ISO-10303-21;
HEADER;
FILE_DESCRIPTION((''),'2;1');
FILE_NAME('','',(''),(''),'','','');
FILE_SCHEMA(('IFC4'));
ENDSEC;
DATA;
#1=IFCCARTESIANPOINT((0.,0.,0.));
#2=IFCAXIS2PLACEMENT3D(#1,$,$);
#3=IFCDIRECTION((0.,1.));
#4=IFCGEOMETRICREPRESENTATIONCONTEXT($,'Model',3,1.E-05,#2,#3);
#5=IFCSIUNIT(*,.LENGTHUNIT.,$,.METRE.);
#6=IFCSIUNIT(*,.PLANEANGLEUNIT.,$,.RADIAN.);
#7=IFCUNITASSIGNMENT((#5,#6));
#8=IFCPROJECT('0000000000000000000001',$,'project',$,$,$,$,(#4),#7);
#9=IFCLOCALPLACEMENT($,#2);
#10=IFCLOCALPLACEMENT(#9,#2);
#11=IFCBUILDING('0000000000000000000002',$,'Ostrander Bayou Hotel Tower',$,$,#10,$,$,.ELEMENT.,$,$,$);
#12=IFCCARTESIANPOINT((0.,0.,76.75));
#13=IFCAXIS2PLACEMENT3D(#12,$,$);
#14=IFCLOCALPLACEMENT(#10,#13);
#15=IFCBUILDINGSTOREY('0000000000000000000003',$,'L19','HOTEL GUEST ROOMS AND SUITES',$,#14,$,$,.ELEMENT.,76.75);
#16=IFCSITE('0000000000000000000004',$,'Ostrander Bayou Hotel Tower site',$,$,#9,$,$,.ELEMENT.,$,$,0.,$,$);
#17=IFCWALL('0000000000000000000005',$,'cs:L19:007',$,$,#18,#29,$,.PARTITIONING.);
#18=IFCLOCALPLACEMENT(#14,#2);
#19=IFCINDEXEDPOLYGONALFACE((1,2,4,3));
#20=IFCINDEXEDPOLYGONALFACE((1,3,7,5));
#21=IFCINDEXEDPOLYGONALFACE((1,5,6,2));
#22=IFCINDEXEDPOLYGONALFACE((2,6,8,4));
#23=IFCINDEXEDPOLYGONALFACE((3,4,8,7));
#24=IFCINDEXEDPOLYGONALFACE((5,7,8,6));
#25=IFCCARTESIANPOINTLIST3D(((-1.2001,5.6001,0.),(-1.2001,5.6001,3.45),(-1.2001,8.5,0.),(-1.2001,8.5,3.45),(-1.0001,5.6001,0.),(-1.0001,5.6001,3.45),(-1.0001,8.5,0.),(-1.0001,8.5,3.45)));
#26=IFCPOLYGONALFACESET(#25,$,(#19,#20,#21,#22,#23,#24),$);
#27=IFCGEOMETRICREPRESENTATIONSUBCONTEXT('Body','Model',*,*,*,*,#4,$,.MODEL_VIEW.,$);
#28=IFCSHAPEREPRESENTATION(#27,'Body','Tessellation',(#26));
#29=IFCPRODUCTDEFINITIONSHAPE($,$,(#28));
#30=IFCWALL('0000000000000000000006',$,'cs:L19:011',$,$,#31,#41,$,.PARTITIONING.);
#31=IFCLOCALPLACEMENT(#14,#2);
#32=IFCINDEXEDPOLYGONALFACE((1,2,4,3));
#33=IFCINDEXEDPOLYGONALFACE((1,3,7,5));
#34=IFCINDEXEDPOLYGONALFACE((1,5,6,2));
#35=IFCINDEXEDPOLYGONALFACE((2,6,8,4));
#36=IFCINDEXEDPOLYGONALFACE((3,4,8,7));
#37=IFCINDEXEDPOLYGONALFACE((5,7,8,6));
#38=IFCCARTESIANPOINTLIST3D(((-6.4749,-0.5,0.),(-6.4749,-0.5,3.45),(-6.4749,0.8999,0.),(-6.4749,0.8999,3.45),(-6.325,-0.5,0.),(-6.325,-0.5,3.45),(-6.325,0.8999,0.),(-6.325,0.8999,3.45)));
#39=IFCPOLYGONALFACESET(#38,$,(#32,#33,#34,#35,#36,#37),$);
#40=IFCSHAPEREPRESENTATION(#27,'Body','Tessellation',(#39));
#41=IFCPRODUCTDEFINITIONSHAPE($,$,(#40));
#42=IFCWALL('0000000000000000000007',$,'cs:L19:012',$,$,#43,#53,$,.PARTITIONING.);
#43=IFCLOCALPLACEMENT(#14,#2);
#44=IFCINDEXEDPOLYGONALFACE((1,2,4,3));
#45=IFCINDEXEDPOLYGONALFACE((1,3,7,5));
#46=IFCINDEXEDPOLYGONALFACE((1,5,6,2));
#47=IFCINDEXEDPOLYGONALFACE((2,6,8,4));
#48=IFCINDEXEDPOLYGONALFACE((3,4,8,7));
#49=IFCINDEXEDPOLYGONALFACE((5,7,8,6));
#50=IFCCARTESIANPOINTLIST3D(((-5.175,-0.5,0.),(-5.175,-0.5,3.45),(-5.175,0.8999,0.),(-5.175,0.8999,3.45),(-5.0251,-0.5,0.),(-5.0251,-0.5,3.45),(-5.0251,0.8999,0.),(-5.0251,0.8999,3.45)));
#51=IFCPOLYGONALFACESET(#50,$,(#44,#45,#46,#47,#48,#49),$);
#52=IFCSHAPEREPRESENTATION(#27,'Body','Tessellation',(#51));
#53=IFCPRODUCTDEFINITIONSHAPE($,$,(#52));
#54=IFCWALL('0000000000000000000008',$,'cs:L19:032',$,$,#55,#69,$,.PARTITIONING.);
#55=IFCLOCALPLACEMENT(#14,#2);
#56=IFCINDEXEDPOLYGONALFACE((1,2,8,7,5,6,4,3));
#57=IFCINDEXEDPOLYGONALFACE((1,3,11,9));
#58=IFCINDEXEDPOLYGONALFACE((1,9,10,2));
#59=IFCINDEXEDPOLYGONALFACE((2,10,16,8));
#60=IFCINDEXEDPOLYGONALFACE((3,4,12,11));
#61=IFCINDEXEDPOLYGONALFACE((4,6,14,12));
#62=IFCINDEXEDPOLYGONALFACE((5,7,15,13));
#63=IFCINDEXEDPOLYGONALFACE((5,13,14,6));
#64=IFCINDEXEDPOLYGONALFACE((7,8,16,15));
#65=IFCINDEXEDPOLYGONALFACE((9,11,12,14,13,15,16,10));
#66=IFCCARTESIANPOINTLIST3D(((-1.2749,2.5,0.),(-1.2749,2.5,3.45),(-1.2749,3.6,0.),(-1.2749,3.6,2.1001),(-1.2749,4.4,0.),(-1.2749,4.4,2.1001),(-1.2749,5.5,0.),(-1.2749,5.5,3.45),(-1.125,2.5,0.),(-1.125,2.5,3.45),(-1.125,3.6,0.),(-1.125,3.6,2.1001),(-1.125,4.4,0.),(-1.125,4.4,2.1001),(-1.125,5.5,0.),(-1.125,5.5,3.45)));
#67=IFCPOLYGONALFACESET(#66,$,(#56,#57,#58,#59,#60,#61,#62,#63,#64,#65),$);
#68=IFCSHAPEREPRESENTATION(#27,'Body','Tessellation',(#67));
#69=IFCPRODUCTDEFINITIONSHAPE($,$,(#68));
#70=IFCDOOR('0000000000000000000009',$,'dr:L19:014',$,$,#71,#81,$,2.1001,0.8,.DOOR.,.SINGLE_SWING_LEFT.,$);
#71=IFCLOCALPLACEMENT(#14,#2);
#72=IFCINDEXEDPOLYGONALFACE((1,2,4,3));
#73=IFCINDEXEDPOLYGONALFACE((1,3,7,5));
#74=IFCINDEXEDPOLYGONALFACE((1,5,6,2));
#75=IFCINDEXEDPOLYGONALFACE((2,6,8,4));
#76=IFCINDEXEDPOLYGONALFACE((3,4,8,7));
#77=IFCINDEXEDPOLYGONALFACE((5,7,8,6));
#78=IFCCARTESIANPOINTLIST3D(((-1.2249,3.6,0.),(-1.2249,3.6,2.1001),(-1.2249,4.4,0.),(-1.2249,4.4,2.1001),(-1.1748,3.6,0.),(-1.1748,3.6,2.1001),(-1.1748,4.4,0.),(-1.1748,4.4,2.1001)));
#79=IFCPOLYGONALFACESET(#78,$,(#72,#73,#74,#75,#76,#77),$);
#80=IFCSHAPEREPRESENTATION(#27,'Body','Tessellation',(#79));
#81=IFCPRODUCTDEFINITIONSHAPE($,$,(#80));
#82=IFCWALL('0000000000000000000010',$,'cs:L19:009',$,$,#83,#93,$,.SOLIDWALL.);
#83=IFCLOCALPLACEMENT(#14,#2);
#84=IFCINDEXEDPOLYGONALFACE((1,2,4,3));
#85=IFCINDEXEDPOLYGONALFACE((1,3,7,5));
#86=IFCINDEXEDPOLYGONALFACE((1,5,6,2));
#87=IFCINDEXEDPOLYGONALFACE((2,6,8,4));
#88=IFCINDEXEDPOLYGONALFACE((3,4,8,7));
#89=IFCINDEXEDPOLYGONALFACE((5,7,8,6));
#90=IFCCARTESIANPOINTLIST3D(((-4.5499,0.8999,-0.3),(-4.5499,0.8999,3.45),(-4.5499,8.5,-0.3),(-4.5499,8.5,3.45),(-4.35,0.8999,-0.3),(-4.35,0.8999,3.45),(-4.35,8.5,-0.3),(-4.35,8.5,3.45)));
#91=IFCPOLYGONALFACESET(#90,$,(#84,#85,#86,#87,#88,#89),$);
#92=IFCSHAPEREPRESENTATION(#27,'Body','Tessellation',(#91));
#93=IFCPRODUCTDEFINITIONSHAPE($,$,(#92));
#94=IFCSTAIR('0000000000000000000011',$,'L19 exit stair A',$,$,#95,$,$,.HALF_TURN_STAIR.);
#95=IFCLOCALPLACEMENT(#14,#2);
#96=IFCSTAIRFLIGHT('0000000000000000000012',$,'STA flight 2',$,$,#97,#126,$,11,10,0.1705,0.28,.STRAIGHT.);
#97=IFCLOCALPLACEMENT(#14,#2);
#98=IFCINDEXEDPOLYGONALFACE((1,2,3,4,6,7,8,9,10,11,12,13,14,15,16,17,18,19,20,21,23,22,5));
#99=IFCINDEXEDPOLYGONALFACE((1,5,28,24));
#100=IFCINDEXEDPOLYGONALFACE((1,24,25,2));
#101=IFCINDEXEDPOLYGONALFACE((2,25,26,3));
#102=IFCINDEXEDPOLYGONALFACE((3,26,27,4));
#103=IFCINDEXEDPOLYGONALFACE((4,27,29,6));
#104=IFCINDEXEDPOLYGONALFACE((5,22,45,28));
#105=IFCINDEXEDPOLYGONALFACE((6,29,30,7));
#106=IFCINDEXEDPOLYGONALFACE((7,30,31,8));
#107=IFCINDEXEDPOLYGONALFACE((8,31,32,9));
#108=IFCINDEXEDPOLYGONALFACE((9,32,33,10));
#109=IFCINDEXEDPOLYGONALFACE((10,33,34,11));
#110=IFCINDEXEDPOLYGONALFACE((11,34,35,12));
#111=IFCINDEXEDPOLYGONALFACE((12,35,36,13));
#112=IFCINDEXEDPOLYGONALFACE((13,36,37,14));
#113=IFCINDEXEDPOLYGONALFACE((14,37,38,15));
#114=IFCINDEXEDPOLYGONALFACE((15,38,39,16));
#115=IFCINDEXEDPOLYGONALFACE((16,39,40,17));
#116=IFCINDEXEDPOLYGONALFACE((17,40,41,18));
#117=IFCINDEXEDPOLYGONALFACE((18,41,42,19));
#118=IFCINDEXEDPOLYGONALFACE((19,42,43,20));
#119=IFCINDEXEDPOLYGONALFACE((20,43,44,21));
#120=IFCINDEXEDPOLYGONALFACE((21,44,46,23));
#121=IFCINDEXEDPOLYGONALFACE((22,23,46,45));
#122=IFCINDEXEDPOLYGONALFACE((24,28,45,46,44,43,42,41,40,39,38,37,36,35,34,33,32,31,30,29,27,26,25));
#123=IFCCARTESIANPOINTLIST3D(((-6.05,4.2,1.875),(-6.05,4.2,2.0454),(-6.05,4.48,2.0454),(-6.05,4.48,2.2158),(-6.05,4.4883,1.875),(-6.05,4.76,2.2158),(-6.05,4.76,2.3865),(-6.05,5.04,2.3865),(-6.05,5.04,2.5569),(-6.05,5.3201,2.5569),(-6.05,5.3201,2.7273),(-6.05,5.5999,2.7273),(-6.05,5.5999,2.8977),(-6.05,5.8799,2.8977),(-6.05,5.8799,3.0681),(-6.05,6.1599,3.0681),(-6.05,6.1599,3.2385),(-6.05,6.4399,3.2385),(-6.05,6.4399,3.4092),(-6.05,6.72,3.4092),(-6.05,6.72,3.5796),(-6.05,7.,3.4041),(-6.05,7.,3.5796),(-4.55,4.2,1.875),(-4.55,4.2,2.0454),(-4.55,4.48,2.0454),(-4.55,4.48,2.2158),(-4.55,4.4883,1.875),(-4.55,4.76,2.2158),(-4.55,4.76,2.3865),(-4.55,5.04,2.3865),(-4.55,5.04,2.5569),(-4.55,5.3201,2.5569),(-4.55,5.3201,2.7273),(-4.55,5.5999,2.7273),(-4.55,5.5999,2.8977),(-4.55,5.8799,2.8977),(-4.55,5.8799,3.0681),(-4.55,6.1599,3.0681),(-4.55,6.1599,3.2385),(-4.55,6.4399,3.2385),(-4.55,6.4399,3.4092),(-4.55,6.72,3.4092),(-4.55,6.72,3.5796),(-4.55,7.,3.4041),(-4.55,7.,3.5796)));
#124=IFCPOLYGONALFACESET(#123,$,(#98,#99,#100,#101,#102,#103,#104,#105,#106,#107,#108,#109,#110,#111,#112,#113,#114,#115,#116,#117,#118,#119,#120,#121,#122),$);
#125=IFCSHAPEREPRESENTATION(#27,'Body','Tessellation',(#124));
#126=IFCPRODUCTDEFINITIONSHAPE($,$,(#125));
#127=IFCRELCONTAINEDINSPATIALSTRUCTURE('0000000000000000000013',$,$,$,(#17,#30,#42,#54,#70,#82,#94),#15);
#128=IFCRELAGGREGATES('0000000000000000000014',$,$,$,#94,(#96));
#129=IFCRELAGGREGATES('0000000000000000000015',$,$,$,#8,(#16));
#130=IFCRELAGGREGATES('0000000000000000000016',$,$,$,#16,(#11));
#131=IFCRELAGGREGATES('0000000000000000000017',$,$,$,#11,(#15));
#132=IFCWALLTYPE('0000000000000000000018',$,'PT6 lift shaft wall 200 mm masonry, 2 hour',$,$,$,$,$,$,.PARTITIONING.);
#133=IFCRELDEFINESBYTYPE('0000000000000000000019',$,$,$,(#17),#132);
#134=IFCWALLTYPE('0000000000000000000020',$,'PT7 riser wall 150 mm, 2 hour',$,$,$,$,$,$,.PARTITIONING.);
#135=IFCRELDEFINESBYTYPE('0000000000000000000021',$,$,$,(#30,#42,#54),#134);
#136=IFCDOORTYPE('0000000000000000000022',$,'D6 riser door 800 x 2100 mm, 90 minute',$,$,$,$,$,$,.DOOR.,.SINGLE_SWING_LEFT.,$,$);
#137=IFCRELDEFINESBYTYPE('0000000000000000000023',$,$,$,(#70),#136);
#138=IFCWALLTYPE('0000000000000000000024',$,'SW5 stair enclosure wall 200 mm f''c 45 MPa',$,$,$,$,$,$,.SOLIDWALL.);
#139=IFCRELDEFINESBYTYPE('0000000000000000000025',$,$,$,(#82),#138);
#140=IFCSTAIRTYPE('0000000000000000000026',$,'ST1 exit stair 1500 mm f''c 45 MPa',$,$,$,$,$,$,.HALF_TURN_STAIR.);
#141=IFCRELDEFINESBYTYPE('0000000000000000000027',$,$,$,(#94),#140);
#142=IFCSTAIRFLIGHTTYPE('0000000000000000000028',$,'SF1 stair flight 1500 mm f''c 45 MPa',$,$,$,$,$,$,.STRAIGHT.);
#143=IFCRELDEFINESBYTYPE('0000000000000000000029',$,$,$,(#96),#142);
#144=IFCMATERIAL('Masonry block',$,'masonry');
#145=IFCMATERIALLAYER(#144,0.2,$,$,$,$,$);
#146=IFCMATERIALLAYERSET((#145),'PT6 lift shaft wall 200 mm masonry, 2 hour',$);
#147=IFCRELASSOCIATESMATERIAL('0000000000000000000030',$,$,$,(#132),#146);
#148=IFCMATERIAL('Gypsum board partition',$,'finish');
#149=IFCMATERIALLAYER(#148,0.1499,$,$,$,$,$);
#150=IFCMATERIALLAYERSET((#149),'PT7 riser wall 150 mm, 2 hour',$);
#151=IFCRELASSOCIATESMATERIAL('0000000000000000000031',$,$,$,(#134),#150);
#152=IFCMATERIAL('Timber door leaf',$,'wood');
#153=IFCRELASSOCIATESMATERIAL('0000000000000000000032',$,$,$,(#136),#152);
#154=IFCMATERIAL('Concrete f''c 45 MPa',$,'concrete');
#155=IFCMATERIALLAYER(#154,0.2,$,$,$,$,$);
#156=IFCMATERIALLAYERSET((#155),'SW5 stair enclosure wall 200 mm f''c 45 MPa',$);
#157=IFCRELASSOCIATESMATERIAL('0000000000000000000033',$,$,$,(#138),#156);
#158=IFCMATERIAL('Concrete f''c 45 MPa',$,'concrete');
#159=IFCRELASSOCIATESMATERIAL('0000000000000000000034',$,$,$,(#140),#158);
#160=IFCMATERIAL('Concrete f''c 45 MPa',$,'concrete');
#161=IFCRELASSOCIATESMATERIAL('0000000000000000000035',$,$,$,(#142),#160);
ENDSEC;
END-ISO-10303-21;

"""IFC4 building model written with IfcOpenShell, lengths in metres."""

from ifc_helpers import new_model, si_unit, direction, frame, frame_2d, origin, place, context, subcontext, project, spatial, polyline, rectangle, outline, extrude, material, layer, layer_set, type_object, element, fill, aggregate, save


model = new_model("IFC4")

# Units and contexts
model_context = context("Model", 3, precision=1e-05, world=origin(), true_north=direction((0.0, 1.0)))
body_context = subcontext(model_context, "Body", "Model", "MODEL_VIEW")
ifc_project = project(units=[si_unit("LENGTHUNIT", "METRE"), si_unit("PLANEANGLEUNIT", "RADIAN")], contexts=[model_context])

# Site, building, storey
site_placement = place(None, origin())
site = spatial("IfcSite", under=ifc_project, at=site_placement, Name="Ostrander Bayou Hotel Tower site", CompositionType="ELEMENT", RefElevation=0.0)
building_placement = place(site_placement, origin())
building = spatial("IfcBuilding", under=site, at=building_placement, Name="Ostrander Bayou Hotel Tower", CompositionType="ELEMENT")
storey_placement = place(building_placement, frame((0.0, 0.0, 76.75)))
storey = spatial("IfcBuildingStorey", under=building, at=storey_placement, Name="L19", Description="HOTEL GUEST ROOMS AND SUITES", CompositionType="ELEMENT", Elevation=76.75)

# Walls
ifc_material_1 = material(Name="Masonry block", Category="masonry")
ifc_layer_1 = layer(ifc_material_1, 0.2)
ifc_layer_set_1 = layer_set([ifc_layer_1], Name="PT6 lift shaft wall 200 mm masonry, 2 hour")
wall_type_1 = type_object("IfcWallType", Name="PT6 lift shaft wall 200 mm masonry, 2 hour", PredefinedType="PARTITIONING", material=ifc_layer_set_1)
for number, where, z_axis, x_axis, name in (
    (1, (-1.1001, 5.6001, 0.0), (0.0, 0.0, 1.0), (0.0, 1.0, 0.0), "cs:L19:007"),
):
    element("IfcWall", number, at=place(storey_placement, frame(where, z_axis=z_axis, x_axis=x_axis)), inside=storey, type_object=wall_type_1, Name=name, PredefinedType="PARTITIONING", context=body_context, shape_type="SweptSolid", body=[
        extrude(rectangle(XDim=2.8999, YDim=0.2, at=frame_2d((1.45, 0.0))), origin(), (0.0, 0.0, 1.0), 3.45),
    ])
ifc_material_2 = material(Name="Gypsum board partition", Category="finish")
ifc_layer_2 = layer(ifc_material_2, 0.1499)
ifc_layer_set_2 = layer_set([ifc_layer_2], Name="PT7 riser wall 150 mm, 2 hour")
wall_type_2 = type_object("IfcWallType", Name="PT7 riser wall 150 mm, 2 hour", PredefinedType="PARTITIONING", material=ifc_layer_set_2)
for number, where, z_axis, x_axis, name in (
    (2, (-6.3999, -0.5, 0.0), (0.0, 0.0, 1.0), (0.0, 1.0, 0.0), "cs:L19:011"),
    (3, (-5.1001, -0.5, 0.0), (0.0, 0.0, 1.0), (0.0, 1.0, 0.0), "cs:L19:012"),
):
    element("IfcWall", number, at=place(storey_placement, frame(where, z_axis=z_axis, x_axis=x_axis)), inside=storey, type_object=wall_type_2, Name=name, PredefinedType="PARTITIONING", context=body_context, shape_type="SweptSolid", body=[
        extrude(rectangle(XDim=1.3999, YDim=0.1499, at=frame_2d((0.7, 0.0))), origin(), (0.0, 0.0, 1.0), 3.45),
    ])

# Wall, opening, door
wall_1_placement = place(storey_placement, frame((-1.2, 2.5, 0.0), z_axis=(0.0, 0.0, 1.0), x_axis=(0.0, 1.0, 0.0)))
wall_1 = element("IfcWall", 4, at=wall_1_placement, inside=storey, type_object=wall_type_2, Name="cs:L19:032", PredefinedType="PARTITIONING", context=body_context, shape_type="SweptSolid", body=[
    extrude(rectangle(XDim=3.0, YDim=0.1499, at=frame_2d((1.5, 0.0))), origin(), (0.0, 0.0, 1.0), 3.45),
])
opening_placement = place(wall_1_placement, frame((1.1001, 0.0, 0.0)))
opening = element("IfcOpeningElement", 5, at=opening_placement, cuts=wall_1, PredefinedType="OPENING", context=body_context, shape_type="SweptSolid", body=[
    extrude(rectangle(XDim=0.8, YDim=2.1001, at=frame_2d((0.3999, 1.05))), frame((0.0, 0.075, 0.0), z_axis=(0.0, -1.0, 0.0), x_axis=(1.0, 0.0, 0.0)), (0.0, 0.0, 1.0), 0.1499),
])
ifc_material_3 = material(Name="Timber door leaf", Category="wood")
door_type = type_object("IfcDoorType", Name="D6 riser door 800 x 2100 mm, 90 minute", OperationType="SINGLE_SWING_LEFT", PredefinedType="DOOR", material=ifc_material_3)
door_placement = place(opening_placement, origin())
door = element("IfcDoor", 6, at=door_placement, inside=storey, type_object=door_type, Name="dr:L19:014", OperationType="SINGLE_SWING_LEFT", OverallHeight=2.1001, OverallWidth=0.8, PredefinedType="DOOR", context=body_context, shape_type="SweptSolid", body=[
    extrude(rectangle(XDim=0.8, YDim=2.1001, at=frame_2d((0.3999, 1.05))), frame((0.0, 0.0249, 0.0), z_axis=(0.0, -1.0, 0.0), x_axis=(1.0, 0.0, 0.0)), (0.0, 0.0, 1.0), 0.05),
])
fill(opening, door)

# Wall
ifc_material_4 = material(Name="Concrete f'c 45 MPa", Category="concrete")
ifc_layer_3 = layer(ifc_material_4, 0.2)
ifc_layer_set_3 = layer_set([ifc_layer_3], Name="SW5 stair enclosure wall 200 mm f'c 45 MPa")
wall_type_3 = type_object("IfcWallType", Name="SW5 stair enclosure wall 200 mm f'c 45 MPa", PredefinedType="SOLIDWALL", material=ifc_layer_set_3)
wall_2_placement = place(storey_placement, frame((-4.45, 0.8999, -0.3), z_axis=(0.0, 0.0, 1.0), x_axis=(0.0, 1.0, 0.0)))
element("IfcWall", 7, at=wall_2_placement, inside=storey, type_object=wall_type_3, Name="cs:L19:009", PredefinedType="SOLIDWALL", context=body_context, shape_type="SweptSolid", body=[
    extrude(rectangle(XDim=7.6001, YDim=0.2, at=frame_2d((3.8, 0.0))), origin(), (0.0, 0.0, 1.0), 3.75),
])

# Stair, stair flight
ifc_material_5 = material(Name="Concrete f'c 45 MPa", Category="concrete")
stair_type = type_object("IfcStairType", Name="ST1 exit stair 1500 mm f'c 45 MPa", PredefinedType="HALF_TURN_STAIR", material=ifc_material_5)
stair_placement = place(storey_placement, origin())
stair = element("IfcStair", 8, at=stair_placement, inside=storey, type_object=stair_type, Name="L19 exit stair A", PredefinedType="HALF_TURN_STAIR")
ifc_material_6 = material(Name="Concrete f'c 45 MPa", Category="concrete")
stair_flight_type = type_object("IfcStairFlightType", Name="SF1 stair flight 1500 mm f'c 45 MPa", PredefinedType="STRAIGHT", material=ifc_material_6)
stair_flight_placement = place(storey_placement, frame((-5.3, 4.2, 1.875), z_axis=(0.0, 0.0, 1.0), x_axis=(0.0, 1.0, 0.0)))
stair_flight = element("IfcStairFlight", 9, at=stair_flight_placement, type_object=stair_flight_type, Name="STA flight 2", NumberOfRisers=11, NumberOfTreads=10, PredefinedType="STRAIGHT", RiserHeight=0.1705, TreadLength=0.28, context=body_context, shape_type="SweptSolid", body=[
    extrude(outline(polyline([(0.0, 0.0), (0.0, 0.1704), (0.28, 0.1704), (0.28, 0.3408), (0.5601, 0.3408), (0.5601, 0.5115), (0.8401, 0.5115), (0.8401, 0.6819), (1.1201, 0.6819), (1.1201, 0.8523), (1.3999, 0.8523), (1.3999, 1.0227), (1.6799, 1.0227), (1.6799, 1.1931), (1.96, 1.1931), (1.96, 1.3635), (2.24, 1.3635), (2.24, 1.5342), (2.52, 1.5342), (2.52, 1.7046), (2.8, 1.7046), (2.8, 1.875), (2.8, 1.5291), (0.2883, 0.0), (0.0, 0.0)])), frame((0.0, 0.75, 0.0), z_axis=(0.0, -1.0, 0.0), x_axis=(1.0, 0.0, 0.0)), (0.0, 0.0, 1.0), 1.5),
])
aggregate(stair, [stair_flight])

save(model, "model.ifc")
